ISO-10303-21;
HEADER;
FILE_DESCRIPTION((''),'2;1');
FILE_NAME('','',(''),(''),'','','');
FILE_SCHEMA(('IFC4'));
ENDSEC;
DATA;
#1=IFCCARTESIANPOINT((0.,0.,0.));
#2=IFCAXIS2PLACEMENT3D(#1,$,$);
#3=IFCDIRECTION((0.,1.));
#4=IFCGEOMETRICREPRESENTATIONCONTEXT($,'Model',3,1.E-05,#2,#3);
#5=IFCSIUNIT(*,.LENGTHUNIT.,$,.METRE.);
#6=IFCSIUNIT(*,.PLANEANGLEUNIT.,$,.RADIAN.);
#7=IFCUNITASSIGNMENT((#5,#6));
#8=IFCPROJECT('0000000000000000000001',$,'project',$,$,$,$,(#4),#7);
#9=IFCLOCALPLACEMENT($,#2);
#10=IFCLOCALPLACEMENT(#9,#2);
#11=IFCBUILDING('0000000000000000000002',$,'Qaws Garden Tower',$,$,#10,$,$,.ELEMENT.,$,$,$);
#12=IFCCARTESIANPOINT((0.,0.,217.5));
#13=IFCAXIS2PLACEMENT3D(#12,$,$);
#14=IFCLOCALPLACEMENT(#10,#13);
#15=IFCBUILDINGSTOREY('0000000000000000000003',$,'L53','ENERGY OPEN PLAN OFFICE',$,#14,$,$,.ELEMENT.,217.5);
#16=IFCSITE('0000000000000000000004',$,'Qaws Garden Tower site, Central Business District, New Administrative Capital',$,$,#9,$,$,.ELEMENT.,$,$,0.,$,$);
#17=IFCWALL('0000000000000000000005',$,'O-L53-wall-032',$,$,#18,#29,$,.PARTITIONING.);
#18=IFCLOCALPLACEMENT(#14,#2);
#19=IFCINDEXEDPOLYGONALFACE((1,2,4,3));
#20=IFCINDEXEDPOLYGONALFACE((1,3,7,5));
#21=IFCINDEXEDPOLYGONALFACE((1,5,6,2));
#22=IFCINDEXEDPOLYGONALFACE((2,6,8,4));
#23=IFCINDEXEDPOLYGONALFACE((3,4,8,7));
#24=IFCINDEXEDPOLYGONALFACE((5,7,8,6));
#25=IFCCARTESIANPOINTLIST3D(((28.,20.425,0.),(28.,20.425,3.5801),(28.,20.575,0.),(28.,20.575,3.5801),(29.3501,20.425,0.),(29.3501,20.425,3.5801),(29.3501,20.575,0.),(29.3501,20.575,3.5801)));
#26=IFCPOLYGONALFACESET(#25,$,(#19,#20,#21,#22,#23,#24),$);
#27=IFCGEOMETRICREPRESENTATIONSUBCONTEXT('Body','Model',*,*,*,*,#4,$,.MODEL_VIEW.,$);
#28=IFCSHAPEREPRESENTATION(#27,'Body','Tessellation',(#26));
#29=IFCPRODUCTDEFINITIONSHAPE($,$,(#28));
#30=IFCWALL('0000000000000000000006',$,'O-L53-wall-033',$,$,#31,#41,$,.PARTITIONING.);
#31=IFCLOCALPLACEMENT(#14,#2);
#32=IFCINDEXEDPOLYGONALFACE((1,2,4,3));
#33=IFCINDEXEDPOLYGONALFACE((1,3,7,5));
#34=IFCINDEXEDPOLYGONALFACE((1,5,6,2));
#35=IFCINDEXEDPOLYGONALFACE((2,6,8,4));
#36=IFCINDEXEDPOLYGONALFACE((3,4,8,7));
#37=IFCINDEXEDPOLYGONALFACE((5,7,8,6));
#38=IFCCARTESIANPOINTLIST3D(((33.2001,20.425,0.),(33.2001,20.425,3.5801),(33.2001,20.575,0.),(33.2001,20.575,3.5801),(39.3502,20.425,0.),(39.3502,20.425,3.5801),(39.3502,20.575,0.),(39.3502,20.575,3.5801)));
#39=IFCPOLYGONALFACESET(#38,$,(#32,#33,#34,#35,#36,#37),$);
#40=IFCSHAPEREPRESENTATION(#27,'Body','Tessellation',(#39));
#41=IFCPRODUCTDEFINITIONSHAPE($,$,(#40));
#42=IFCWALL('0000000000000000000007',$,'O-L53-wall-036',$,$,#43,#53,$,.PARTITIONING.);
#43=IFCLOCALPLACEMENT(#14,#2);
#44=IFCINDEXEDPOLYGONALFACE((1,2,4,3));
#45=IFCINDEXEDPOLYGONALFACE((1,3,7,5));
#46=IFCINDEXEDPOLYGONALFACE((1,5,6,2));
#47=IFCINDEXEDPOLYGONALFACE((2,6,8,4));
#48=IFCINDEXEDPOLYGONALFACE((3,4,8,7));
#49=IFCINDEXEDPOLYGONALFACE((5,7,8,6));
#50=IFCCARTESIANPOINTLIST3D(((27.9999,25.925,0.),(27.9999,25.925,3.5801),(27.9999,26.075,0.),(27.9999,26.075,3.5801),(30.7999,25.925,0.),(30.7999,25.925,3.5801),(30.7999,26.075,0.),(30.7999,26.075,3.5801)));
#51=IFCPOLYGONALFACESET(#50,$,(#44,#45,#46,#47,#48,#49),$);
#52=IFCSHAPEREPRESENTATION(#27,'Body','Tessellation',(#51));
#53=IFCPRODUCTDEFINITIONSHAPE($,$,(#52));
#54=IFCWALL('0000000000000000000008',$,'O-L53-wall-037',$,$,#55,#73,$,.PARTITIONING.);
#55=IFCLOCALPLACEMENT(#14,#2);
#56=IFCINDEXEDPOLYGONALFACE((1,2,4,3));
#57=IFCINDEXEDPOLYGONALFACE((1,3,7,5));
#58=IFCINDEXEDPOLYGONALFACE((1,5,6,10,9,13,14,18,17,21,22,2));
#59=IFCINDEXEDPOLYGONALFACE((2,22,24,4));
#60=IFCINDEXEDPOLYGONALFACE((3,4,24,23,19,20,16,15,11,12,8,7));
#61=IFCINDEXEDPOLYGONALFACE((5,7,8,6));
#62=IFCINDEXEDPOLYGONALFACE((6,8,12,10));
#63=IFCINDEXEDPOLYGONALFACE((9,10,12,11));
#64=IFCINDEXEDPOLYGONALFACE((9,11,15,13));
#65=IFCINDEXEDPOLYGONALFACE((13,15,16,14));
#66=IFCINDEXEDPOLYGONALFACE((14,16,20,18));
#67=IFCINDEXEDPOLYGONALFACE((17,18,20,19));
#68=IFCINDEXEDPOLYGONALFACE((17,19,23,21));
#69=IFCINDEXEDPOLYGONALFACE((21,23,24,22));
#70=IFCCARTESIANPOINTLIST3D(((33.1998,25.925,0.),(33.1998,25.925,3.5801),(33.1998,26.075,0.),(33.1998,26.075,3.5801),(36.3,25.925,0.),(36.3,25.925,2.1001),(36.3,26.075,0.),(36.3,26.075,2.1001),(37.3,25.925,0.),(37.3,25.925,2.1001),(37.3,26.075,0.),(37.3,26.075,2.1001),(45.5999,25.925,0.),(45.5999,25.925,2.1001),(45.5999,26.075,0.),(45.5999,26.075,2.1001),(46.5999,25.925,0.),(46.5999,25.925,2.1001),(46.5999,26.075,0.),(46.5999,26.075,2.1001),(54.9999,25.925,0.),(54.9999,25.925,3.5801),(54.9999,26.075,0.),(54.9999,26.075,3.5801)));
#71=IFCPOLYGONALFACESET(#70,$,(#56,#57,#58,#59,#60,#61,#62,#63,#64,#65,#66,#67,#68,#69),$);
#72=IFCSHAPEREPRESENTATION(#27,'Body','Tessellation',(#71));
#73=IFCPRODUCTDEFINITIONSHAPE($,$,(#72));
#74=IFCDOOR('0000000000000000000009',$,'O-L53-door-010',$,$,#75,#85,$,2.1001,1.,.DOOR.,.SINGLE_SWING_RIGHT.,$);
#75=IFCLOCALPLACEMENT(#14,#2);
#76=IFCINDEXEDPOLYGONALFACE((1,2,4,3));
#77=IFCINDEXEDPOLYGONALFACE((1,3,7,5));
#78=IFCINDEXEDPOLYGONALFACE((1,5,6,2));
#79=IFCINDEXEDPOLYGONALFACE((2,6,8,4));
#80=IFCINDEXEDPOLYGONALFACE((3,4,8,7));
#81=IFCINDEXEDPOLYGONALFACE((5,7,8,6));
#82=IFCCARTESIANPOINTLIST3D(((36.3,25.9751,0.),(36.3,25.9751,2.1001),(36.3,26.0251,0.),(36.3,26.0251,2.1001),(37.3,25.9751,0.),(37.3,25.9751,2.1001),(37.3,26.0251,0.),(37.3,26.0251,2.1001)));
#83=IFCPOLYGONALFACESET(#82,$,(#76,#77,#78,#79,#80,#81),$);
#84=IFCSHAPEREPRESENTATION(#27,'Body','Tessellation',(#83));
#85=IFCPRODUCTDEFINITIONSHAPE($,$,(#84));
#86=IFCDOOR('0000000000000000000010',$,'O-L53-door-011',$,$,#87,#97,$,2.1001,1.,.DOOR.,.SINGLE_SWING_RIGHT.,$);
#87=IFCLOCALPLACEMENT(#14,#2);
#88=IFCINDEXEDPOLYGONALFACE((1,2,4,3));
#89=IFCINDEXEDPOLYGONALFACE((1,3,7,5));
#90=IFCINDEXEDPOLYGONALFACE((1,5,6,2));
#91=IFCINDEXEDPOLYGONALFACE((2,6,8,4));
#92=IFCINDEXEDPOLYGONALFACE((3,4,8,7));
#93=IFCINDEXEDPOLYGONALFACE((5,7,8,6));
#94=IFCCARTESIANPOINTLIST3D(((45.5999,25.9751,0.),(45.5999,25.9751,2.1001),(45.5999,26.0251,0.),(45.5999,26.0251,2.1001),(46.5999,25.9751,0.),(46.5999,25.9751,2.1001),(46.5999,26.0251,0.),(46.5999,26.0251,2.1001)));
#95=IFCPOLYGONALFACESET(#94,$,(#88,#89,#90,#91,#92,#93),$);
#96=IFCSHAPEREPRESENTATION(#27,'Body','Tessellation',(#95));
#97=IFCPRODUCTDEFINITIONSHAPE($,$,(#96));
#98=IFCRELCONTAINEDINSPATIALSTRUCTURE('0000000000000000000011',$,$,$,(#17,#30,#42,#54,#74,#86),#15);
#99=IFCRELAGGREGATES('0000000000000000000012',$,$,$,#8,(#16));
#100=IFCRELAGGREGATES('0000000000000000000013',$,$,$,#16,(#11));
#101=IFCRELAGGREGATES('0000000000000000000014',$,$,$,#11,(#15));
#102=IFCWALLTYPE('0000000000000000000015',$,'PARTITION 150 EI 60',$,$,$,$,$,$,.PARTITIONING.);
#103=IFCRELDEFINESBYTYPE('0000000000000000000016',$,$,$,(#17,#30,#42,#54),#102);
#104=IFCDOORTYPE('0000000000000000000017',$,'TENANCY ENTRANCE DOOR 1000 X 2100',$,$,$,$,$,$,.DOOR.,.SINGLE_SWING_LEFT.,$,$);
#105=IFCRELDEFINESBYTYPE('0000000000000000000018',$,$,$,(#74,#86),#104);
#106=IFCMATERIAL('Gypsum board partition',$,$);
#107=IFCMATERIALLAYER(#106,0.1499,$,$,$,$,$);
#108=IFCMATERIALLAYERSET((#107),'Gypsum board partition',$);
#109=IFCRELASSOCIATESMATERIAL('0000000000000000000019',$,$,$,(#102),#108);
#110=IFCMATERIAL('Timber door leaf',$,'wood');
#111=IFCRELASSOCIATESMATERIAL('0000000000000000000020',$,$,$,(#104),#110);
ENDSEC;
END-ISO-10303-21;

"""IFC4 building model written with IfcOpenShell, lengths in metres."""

from ifc_helpers import new_model, si_unit, direction, frame, frame_2d, origin, place, context, subcontext, project, spatial, rectangle, extrude, material, layer, layer_set, type_object, element, fill, save


model = new_model("IFC4")

# Units and contexts
model_context = context("Model", 3, precision=1e-05, world=origin(), true_north=direction((0.0, 1.0)))
body_context = subcontext(model_context, "Body", "Model", "MODEL_VIEW")
ifc_project = project(units=[si_unit("LENGTHUNIT", "METRE"), si_unit("PLANEANGLEUNIT", "RADIAN")], contexts=[model_context])

# Site, building, storey
site_placement = place(None, origin())
site = spatial("IfcSite", under=ifc_project, at=site_placement, Name="Qaws Garden Tower site, Central Business District, New Administrative Capital", CompositionType="ELEMENT", RefElevation=0.0)
building_placement = place(site_placement, origin())
building = spatial("IfcBuilding", under=site, at=building_placement, Name="Qaws Garden Tower", CompositionType="ELEMENT")
storey_placement = place(building_placement, frame((0.0, 0.0, 217.5)))
storey = spatial("IfcBuildingStorey", under=building, at=storey_placement, Name="L53", Description="ENERGY OPEN PLAN OFFICE", CompositionType="ELEMENT", Elevation=217.5)

# Shared definitions
ifc_material_1 = material(Name="Gypsum board partition")
ifc_layer_1 = layer(ifc_material_1, 0.1499)
ifc_layer_set_1 = layer_set([ifc_layer_1], Name="Gypsum board partition")
wall_type_1 = type_object("IfcWallType", Name="PARTITION 150 EI 60", PredefinedType="PARTITIONING", material=ifc_layer_set_1)

# Walls
wall_1_placement = place(storey_placement, frame((28.0, 20.5, 0.0), z_axis=(0.0, 0.0, 1.0), x_axis=(1.0, 0.0, 0.0)))
element("IfcWall", 1, at=wall_1_placement, inside=storey, type_object=wall_type_1, Name="O-L53-wall-032", PredefinedType="PARTITIONING", context=body_context, shape_type="SweptSolid", body=[
    extrude(rectangle(XDim=1.3501, YDim=0.1499, at=frame_2d((0.675, 0.0))), origin(), (0.0, 0.0, 1.0), 3.5801),
])
wall_2_placement = place(storey_placement, frame((33.2, 20.5, 0.0), z_axis=(0.0, 0.0, 1.0), x_axis=(1.0, 0.0, 0.0)))
element("IfcWall", 2, at=wall_2_placement, inside=storey, type_object=wall_type_1, Name="O-L53-wall-033", PredefinedType="PARTITIONING", context=body_context, shape_type="SweptSolid", body=[
    extrude(rectangle(XDim=6.1501, YDim=0.1499, at=frame_2d((3.0752, 0.0))), origin(), (0.0, 0.0, 1.0), 3.5801),
])
wall_3_placement = place(storey_placement, frame((28.0, 26.0, 0.0), z_axis=(0.0, 0.0, 1.0), x_axis=(1.0, 0.0, 0.0)))
element("IfcWall", 3, at=wall_3_placement, inside=storey, type_object=wall_type_1, Name="O-L53-wall-036", PredefinedType="PARTITIONING", context=body_context, shape_type="SweptSolid", body=[
    extrude(rectangle(XDim=2.8, YDim=0.1499, at=frame_2d((1.3999, 0.0))), origin(), (0.0, 0.0, 1.0), 3.5801),
])

# Wall, openings, doors
wall_4_placement = place(storey_placement, frame((33.2, 26.0, 0.0), z_axis=(0.0, 0.0, 1.0), x_axis=(1.0, 0.0, 0.0)))
wall_4 = element("IfcWall", 4, at=wall_4_placement, inside=storey, type_object=wall_type_1, Name="O-L53-wall-037", PredefinedType="PARTITIONING", context=body_context, shape_type="SweptSolid", body=[
    extrude(rectangle(XDim=21.8, YDim=0.1499, at=frame_2d((10.8999, 0.0))), origin(), (0.0, 0.0, 1.0), 3.5801),
])
opening_1_placement = place(wall_4_placement, frame((3.1001, 0.0, 0.0)))
opening_1 = element("IfcOpeningElement", 5, at=opening_1_placement, cuts=wall_4, PredefinedType="OPENING", context=body_context, shape_type="SweptSolid", body=[
    extrude(rectangle(XDim=1.0, YDim=2.1001, at=frame_2d((0.5, 1.05))), frame((0.0, 0.085, 0.0), z_axis=(0.0, -1.0, 0.0), x_axis=(1.0, 0.0, 0.0)), (0.0, 0.0, 1.0), 0.1699),
])
opening_2_placement = place(wall_4_placement, frame((12.3999, 0.0, 0.0)))
opening_2 = element("IfcOpeningElement", 6, at=opening_2_placement, cuts=wall_4, PredefinedType="OPENING", context=body_context, shape_type="SweptSolid", body=[
    extrude(rectangle(XDim=1.0, YDim=2.1001, at=frame_2d((0.5, 1.05))), frame((0.0, 0.085, 0.0), z_axis=(0.0, -1.0, 0.0), x_axis=(1.0, 0.0, 0.0)), (0.0, 0.0, 1.0), 0.1699),
])
ifc_material_2 = material(Name="Timber door leaf", Category="wood")
door_type_1 = type_object("IfcDoorType", Name="TENANCY ENTRANCE DOOR 1000 X 2100", OperationType="SINGLE_SWING_LEFT", PredefinedType="DOOR", material=ifc_material_2)
door_1_placement = place(opening_1_placement, frame((1.0, 0.0, 0.0), z_axis=(0.0, 0.0, 1.0), x_axis=(-1.0, 0.0, 0.0)))
door_1 = element("IfcDoor", 7, at=door_1_placement, inside=storey, type_object=door_type_1, Name="O-L53-door-010", OperationType="SINGLE_SWING_RIGHT", OverallHeight=2.1001, OverallWidth=1.0, PredefinedType="DOOR", context=body_context, shape_type="SweptSolid", body=[
    extrude(rectangle(XDim=1.0, YDim=2.1001, at=frame_2d((0.5, 1.05))), frame((0.0, 0.0249, 0.0), z_axis=(0.0, -1.0, 0.0), x_axis=(1.0, 0.0, 0.0)), (0.0, 0.0, 1.0), 0.05),
])
fill(opening_1, door_1)
door_2_placement = place(opening_2_placement, frame((1.0, 0.0, 0.0), z_axis=(0.0, 0.0, 1.0), x_axis=(-1.0, 0.0, 0.0)))
door_2 = element("IfcDoor", 8, at=door_2_placement, inside=storey, type_object=door_type_1, Name="O-L53-door-011", OperationType="SINGLE_SWING_RIGHT", OverallHeight=2.1001, OverallWidth=1.0, PredefinedType="DOOR", context=body_context, shape_type="SweptSolid", body=[
    extrude(rectangle(XDim=1.0, YDim=2.1001, at=frame_2d((0.5, 1.05))), frame((0.0, 0.0249, 0.0), z_axis=(0.0, -1.0, 0.0), x_axis=(1.0, 0.0, 0.0)), (0.0, 0.0, 1.0), 0.05),
])
fill(opening_2, door_2)

save(model, "model.ifc")
